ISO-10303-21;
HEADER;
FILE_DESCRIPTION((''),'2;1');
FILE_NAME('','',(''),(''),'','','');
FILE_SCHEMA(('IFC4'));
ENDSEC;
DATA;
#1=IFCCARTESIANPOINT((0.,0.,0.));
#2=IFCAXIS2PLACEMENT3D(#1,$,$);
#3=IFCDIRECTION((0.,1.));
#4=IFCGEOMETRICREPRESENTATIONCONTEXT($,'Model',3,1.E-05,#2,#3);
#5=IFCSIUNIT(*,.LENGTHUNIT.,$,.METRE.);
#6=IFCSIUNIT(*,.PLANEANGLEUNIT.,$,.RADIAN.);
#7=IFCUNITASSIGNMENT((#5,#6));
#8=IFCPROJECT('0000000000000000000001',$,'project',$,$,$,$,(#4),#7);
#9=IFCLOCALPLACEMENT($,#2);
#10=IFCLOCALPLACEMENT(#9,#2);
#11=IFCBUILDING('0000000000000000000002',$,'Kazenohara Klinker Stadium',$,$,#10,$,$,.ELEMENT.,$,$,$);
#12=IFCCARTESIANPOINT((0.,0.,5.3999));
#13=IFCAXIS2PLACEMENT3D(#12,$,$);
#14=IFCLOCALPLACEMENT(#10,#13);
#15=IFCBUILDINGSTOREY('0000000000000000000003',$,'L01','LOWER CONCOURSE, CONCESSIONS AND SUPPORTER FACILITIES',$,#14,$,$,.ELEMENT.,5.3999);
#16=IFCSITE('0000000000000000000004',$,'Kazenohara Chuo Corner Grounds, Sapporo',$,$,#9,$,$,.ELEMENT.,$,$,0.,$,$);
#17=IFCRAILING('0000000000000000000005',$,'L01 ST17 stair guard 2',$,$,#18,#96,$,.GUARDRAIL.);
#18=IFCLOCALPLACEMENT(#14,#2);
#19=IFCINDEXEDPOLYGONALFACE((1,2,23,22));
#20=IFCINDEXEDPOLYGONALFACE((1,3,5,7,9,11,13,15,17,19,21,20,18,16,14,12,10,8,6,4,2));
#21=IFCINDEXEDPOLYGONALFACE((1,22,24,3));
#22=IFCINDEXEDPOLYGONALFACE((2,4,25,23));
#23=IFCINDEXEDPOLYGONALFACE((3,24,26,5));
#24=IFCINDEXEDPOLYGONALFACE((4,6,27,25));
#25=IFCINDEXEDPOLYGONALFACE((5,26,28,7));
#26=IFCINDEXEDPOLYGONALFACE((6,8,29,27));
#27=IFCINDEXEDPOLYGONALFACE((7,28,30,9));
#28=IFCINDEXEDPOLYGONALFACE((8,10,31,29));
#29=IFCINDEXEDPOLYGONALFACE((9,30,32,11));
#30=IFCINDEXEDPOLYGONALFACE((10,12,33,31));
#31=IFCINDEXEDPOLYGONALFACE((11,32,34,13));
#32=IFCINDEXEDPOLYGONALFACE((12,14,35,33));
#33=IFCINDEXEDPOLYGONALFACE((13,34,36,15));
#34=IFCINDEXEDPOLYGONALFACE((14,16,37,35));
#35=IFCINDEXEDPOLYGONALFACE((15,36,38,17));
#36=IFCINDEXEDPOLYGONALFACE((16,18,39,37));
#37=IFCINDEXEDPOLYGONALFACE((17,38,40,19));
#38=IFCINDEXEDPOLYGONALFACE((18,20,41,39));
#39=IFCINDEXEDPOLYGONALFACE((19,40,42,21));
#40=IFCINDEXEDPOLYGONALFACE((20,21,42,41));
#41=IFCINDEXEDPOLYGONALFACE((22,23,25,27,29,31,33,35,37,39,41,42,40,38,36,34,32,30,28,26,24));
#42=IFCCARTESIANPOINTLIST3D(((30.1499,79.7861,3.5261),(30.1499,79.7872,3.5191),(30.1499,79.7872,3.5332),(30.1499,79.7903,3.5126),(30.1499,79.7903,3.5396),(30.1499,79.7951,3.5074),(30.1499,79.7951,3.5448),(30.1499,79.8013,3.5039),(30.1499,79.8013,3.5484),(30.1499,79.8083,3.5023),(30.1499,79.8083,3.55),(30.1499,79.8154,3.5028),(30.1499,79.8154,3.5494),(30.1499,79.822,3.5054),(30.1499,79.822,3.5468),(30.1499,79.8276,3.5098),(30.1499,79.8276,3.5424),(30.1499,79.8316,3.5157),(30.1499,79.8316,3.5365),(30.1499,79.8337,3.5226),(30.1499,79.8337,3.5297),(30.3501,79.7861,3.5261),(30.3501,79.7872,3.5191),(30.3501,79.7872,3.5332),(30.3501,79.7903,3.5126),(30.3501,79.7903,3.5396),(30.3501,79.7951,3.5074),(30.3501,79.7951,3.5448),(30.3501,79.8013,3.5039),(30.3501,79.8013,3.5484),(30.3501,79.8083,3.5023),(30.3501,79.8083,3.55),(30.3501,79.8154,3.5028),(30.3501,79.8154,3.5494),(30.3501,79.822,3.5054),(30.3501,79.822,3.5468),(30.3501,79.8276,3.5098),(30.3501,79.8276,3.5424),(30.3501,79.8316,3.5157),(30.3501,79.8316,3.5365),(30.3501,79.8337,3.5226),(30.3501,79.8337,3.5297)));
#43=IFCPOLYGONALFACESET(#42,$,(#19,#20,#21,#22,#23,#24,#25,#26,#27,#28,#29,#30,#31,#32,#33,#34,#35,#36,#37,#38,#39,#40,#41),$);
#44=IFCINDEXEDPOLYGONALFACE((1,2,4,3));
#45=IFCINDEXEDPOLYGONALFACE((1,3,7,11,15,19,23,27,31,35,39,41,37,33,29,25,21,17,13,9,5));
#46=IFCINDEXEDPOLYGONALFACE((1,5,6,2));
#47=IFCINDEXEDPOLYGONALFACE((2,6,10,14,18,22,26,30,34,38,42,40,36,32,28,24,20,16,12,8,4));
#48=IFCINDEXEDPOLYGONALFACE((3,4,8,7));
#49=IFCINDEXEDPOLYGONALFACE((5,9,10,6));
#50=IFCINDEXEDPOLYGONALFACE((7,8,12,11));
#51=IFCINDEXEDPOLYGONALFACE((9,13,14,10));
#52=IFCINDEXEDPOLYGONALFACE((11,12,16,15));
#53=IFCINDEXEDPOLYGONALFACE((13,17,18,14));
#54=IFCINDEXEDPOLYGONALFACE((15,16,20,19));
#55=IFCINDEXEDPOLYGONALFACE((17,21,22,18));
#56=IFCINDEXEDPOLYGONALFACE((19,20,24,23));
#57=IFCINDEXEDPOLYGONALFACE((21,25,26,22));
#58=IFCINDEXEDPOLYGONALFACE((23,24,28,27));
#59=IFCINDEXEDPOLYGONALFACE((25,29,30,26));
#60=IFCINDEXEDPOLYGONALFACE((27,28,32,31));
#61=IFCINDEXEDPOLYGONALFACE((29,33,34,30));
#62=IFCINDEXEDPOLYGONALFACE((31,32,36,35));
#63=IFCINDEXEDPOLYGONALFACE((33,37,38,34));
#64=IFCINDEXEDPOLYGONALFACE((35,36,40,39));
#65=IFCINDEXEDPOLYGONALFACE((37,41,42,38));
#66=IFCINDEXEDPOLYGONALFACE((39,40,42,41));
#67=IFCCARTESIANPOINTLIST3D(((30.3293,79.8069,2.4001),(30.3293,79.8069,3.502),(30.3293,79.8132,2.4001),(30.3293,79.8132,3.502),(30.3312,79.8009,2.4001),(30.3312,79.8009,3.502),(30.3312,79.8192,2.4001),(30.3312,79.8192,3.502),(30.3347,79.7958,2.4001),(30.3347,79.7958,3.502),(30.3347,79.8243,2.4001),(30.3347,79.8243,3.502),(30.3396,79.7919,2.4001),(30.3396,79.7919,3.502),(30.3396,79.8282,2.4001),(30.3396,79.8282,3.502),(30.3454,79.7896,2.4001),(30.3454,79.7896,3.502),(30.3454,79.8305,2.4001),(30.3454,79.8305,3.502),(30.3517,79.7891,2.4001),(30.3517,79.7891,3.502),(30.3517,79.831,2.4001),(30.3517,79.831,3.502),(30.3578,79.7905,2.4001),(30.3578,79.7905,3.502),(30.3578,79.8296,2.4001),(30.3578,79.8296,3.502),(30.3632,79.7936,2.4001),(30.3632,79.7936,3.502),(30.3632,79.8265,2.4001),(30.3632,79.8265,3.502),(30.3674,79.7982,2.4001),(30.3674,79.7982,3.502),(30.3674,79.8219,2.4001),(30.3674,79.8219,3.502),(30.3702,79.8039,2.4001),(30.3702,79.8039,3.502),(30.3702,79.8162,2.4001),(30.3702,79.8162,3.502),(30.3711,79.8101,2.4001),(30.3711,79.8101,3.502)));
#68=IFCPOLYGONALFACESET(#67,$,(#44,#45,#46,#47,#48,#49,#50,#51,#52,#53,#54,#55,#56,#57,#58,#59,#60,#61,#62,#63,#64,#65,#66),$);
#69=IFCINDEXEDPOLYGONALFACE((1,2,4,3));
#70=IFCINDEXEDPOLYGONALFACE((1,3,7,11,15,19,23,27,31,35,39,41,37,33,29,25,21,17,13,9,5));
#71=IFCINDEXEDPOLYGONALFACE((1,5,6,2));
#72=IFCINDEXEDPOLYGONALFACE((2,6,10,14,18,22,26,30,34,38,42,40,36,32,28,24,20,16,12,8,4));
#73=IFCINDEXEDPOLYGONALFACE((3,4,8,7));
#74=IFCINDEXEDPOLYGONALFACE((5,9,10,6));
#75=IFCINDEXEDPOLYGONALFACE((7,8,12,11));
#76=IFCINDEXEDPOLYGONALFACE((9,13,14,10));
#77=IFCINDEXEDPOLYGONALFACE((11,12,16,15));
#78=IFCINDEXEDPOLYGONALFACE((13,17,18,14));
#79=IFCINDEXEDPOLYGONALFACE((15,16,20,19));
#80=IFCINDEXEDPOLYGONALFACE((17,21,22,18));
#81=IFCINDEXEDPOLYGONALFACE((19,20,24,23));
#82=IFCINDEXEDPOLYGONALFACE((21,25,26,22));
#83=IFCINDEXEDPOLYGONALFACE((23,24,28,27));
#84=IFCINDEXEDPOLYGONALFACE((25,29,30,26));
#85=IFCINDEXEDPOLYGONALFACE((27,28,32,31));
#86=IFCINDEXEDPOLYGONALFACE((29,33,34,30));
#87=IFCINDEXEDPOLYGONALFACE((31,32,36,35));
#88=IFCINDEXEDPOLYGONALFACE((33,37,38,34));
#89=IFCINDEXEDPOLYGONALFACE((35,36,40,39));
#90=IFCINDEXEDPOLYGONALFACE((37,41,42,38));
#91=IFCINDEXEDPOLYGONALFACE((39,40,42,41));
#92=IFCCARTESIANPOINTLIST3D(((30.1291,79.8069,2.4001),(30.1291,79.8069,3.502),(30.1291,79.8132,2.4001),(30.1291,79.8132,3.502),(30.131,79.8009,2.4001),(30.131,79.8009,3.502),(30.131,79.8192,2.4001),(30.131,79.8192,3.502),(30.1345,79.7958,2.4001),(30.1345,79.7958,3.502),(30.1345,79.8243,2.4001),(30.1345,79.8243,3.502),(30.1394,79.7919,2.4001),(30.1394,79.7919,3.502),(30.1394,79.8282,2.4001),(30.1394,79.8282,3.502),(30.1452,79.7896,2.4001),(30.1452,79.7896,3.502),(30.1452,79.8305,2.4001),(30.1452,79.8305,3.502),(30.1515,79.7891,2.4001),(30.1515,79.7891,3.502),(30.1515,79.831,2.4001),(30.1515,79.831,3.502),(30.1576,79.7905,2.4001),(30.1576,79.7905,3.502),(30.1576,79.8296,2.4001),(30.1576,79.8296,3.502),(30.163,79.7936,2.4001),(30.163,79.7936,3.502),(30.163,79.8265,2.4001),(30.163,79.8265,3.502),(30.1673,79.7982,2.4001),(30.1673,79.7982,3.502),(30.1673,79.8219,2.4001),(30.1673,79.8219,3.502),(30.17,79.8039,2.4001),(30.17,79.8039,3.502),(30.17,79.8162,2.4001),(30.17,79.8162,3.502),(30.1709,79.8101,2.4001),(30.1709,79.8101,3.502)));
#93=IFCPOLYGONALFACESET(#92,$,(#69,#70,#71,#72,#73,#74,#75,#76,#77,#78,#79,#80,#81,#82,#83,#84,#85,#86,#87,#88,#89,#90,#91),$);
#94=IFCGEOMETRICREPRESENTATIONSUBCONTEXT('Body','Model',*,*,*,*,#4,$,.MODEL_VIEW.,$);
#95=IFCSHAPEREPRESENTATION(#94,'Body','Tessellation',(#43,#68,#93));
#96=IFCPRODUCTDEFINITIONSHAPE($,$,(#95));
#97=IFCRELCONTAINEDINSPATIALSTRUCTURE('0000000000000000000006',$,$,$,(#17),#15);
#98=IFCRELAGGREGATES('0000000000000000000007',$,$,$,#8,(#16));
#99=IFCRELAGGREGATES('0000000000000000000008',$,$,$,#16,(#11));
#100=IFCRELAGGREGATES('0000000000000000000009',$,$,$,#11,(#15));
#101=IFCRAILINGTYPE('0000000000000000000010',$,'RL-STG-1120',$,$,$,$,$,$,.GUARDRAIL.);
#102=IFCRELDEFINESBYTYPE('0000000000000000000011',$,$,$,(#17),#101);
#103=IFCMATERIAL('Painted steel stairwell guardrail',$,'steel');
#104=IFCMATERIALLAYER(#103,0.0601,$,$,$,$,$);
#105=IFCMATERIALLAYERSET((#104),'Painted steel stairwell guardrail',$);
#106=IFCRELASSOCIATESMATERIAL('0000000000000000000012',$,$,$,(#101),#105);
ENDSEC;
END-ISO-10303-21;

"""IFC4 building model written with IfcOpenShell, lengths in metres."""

from ifc_helpers import new_model, si_unit, direction, frame, origin, origin_2d, place, context, subcontext, project, spatial, circle, extrude, material, layer, layer_set, type_object, element, save


model = new_model("IFC4")

# Units and contexts
model_context = context("Model", 3, precision=1e-05, world=origin(), true_north=direction((0.0, 1.0)))
body_context = subcontext(model_context, "Body", "Model", "MODEL_VIEW")
ifc_project = project(units=[si_unit("LENGTHUNIT", "METRE"), si_unit("PLANEANGLEUNIT", "RADIAN")], contexts=[model_context])

# Site, building, storey
site_placement = place(None, origin())
site = spatial("IfcSite", under=ifc_project, at=site_placement, Name="Kazenohara Chuo Corner Grounds, Sapporo", CompositionType="ELEMENT", RefElevation=0.0)
building_placement = place(site_placement, origin())
building = spatial("IfcBuilding", under=site, at=building_placement, Name="Kazenohara Klinker Stadium", CompositionType="ELEMENT")
storey_placement = place(building_placement, frame((0.0, 0.0, 5.3999)))
storey = spatial("IfcBuildingStorey", under=building, at=storey_placement, Name="L01", Description="LOWER CONCOURSE, CONCESSIONS AND SUPPORTER FACILITIES", CompositionType="ELEMENT", Elevation=5.3999)

# Railing
ifc_material_1 = material(Name="Painted steel stairwell guardrail", Category="steel")
ifc_layer_1 = layer(ifc_material_1, 0.0601)
ifc_layer_set_1 = layer_set([ifc_layer_1], Name="Painted steel stairwell guardrail")
railing_type_1 = type_object("IfcRailingType", Name="RL-STG-1120", PredefinedType="GUARDRAIL", material=ifc_layer_set_1)
railing_1_placement = place(storey_placement, frame((30.3501, 79.8101, 2.4001)))
element("IfcRailing", 1, at=railing_1_placement, inside=storey, type_object=railing_type_1, Name="L01 ST17 stair guard 2", PredefinedType="GUARDRAIL", context=body_context, shape_type="SweptSolid", body=[
    extrude(circle(Radius=0.0239, at=origin_2d()), frame((0.0, 0.0, 1.126), z_axis=(-1.0, 0.0, 0.0), x_axis=(0.0, -1.0, 0.0)), (0.0, 0.0, 1.0), 0.2002),
    extrude(circle(Radius=0.021, at=origin_2d()), origin(), (0.0, 0.0, 1.0), 1.1018),
    extrude(circle(Radius=0.021, at=origin_2d()), frame((-0.2002, 0.0, 0.0)), (0.0, 0.0, 1.0), 1.1018),
])

save(model, "model.ifc")
